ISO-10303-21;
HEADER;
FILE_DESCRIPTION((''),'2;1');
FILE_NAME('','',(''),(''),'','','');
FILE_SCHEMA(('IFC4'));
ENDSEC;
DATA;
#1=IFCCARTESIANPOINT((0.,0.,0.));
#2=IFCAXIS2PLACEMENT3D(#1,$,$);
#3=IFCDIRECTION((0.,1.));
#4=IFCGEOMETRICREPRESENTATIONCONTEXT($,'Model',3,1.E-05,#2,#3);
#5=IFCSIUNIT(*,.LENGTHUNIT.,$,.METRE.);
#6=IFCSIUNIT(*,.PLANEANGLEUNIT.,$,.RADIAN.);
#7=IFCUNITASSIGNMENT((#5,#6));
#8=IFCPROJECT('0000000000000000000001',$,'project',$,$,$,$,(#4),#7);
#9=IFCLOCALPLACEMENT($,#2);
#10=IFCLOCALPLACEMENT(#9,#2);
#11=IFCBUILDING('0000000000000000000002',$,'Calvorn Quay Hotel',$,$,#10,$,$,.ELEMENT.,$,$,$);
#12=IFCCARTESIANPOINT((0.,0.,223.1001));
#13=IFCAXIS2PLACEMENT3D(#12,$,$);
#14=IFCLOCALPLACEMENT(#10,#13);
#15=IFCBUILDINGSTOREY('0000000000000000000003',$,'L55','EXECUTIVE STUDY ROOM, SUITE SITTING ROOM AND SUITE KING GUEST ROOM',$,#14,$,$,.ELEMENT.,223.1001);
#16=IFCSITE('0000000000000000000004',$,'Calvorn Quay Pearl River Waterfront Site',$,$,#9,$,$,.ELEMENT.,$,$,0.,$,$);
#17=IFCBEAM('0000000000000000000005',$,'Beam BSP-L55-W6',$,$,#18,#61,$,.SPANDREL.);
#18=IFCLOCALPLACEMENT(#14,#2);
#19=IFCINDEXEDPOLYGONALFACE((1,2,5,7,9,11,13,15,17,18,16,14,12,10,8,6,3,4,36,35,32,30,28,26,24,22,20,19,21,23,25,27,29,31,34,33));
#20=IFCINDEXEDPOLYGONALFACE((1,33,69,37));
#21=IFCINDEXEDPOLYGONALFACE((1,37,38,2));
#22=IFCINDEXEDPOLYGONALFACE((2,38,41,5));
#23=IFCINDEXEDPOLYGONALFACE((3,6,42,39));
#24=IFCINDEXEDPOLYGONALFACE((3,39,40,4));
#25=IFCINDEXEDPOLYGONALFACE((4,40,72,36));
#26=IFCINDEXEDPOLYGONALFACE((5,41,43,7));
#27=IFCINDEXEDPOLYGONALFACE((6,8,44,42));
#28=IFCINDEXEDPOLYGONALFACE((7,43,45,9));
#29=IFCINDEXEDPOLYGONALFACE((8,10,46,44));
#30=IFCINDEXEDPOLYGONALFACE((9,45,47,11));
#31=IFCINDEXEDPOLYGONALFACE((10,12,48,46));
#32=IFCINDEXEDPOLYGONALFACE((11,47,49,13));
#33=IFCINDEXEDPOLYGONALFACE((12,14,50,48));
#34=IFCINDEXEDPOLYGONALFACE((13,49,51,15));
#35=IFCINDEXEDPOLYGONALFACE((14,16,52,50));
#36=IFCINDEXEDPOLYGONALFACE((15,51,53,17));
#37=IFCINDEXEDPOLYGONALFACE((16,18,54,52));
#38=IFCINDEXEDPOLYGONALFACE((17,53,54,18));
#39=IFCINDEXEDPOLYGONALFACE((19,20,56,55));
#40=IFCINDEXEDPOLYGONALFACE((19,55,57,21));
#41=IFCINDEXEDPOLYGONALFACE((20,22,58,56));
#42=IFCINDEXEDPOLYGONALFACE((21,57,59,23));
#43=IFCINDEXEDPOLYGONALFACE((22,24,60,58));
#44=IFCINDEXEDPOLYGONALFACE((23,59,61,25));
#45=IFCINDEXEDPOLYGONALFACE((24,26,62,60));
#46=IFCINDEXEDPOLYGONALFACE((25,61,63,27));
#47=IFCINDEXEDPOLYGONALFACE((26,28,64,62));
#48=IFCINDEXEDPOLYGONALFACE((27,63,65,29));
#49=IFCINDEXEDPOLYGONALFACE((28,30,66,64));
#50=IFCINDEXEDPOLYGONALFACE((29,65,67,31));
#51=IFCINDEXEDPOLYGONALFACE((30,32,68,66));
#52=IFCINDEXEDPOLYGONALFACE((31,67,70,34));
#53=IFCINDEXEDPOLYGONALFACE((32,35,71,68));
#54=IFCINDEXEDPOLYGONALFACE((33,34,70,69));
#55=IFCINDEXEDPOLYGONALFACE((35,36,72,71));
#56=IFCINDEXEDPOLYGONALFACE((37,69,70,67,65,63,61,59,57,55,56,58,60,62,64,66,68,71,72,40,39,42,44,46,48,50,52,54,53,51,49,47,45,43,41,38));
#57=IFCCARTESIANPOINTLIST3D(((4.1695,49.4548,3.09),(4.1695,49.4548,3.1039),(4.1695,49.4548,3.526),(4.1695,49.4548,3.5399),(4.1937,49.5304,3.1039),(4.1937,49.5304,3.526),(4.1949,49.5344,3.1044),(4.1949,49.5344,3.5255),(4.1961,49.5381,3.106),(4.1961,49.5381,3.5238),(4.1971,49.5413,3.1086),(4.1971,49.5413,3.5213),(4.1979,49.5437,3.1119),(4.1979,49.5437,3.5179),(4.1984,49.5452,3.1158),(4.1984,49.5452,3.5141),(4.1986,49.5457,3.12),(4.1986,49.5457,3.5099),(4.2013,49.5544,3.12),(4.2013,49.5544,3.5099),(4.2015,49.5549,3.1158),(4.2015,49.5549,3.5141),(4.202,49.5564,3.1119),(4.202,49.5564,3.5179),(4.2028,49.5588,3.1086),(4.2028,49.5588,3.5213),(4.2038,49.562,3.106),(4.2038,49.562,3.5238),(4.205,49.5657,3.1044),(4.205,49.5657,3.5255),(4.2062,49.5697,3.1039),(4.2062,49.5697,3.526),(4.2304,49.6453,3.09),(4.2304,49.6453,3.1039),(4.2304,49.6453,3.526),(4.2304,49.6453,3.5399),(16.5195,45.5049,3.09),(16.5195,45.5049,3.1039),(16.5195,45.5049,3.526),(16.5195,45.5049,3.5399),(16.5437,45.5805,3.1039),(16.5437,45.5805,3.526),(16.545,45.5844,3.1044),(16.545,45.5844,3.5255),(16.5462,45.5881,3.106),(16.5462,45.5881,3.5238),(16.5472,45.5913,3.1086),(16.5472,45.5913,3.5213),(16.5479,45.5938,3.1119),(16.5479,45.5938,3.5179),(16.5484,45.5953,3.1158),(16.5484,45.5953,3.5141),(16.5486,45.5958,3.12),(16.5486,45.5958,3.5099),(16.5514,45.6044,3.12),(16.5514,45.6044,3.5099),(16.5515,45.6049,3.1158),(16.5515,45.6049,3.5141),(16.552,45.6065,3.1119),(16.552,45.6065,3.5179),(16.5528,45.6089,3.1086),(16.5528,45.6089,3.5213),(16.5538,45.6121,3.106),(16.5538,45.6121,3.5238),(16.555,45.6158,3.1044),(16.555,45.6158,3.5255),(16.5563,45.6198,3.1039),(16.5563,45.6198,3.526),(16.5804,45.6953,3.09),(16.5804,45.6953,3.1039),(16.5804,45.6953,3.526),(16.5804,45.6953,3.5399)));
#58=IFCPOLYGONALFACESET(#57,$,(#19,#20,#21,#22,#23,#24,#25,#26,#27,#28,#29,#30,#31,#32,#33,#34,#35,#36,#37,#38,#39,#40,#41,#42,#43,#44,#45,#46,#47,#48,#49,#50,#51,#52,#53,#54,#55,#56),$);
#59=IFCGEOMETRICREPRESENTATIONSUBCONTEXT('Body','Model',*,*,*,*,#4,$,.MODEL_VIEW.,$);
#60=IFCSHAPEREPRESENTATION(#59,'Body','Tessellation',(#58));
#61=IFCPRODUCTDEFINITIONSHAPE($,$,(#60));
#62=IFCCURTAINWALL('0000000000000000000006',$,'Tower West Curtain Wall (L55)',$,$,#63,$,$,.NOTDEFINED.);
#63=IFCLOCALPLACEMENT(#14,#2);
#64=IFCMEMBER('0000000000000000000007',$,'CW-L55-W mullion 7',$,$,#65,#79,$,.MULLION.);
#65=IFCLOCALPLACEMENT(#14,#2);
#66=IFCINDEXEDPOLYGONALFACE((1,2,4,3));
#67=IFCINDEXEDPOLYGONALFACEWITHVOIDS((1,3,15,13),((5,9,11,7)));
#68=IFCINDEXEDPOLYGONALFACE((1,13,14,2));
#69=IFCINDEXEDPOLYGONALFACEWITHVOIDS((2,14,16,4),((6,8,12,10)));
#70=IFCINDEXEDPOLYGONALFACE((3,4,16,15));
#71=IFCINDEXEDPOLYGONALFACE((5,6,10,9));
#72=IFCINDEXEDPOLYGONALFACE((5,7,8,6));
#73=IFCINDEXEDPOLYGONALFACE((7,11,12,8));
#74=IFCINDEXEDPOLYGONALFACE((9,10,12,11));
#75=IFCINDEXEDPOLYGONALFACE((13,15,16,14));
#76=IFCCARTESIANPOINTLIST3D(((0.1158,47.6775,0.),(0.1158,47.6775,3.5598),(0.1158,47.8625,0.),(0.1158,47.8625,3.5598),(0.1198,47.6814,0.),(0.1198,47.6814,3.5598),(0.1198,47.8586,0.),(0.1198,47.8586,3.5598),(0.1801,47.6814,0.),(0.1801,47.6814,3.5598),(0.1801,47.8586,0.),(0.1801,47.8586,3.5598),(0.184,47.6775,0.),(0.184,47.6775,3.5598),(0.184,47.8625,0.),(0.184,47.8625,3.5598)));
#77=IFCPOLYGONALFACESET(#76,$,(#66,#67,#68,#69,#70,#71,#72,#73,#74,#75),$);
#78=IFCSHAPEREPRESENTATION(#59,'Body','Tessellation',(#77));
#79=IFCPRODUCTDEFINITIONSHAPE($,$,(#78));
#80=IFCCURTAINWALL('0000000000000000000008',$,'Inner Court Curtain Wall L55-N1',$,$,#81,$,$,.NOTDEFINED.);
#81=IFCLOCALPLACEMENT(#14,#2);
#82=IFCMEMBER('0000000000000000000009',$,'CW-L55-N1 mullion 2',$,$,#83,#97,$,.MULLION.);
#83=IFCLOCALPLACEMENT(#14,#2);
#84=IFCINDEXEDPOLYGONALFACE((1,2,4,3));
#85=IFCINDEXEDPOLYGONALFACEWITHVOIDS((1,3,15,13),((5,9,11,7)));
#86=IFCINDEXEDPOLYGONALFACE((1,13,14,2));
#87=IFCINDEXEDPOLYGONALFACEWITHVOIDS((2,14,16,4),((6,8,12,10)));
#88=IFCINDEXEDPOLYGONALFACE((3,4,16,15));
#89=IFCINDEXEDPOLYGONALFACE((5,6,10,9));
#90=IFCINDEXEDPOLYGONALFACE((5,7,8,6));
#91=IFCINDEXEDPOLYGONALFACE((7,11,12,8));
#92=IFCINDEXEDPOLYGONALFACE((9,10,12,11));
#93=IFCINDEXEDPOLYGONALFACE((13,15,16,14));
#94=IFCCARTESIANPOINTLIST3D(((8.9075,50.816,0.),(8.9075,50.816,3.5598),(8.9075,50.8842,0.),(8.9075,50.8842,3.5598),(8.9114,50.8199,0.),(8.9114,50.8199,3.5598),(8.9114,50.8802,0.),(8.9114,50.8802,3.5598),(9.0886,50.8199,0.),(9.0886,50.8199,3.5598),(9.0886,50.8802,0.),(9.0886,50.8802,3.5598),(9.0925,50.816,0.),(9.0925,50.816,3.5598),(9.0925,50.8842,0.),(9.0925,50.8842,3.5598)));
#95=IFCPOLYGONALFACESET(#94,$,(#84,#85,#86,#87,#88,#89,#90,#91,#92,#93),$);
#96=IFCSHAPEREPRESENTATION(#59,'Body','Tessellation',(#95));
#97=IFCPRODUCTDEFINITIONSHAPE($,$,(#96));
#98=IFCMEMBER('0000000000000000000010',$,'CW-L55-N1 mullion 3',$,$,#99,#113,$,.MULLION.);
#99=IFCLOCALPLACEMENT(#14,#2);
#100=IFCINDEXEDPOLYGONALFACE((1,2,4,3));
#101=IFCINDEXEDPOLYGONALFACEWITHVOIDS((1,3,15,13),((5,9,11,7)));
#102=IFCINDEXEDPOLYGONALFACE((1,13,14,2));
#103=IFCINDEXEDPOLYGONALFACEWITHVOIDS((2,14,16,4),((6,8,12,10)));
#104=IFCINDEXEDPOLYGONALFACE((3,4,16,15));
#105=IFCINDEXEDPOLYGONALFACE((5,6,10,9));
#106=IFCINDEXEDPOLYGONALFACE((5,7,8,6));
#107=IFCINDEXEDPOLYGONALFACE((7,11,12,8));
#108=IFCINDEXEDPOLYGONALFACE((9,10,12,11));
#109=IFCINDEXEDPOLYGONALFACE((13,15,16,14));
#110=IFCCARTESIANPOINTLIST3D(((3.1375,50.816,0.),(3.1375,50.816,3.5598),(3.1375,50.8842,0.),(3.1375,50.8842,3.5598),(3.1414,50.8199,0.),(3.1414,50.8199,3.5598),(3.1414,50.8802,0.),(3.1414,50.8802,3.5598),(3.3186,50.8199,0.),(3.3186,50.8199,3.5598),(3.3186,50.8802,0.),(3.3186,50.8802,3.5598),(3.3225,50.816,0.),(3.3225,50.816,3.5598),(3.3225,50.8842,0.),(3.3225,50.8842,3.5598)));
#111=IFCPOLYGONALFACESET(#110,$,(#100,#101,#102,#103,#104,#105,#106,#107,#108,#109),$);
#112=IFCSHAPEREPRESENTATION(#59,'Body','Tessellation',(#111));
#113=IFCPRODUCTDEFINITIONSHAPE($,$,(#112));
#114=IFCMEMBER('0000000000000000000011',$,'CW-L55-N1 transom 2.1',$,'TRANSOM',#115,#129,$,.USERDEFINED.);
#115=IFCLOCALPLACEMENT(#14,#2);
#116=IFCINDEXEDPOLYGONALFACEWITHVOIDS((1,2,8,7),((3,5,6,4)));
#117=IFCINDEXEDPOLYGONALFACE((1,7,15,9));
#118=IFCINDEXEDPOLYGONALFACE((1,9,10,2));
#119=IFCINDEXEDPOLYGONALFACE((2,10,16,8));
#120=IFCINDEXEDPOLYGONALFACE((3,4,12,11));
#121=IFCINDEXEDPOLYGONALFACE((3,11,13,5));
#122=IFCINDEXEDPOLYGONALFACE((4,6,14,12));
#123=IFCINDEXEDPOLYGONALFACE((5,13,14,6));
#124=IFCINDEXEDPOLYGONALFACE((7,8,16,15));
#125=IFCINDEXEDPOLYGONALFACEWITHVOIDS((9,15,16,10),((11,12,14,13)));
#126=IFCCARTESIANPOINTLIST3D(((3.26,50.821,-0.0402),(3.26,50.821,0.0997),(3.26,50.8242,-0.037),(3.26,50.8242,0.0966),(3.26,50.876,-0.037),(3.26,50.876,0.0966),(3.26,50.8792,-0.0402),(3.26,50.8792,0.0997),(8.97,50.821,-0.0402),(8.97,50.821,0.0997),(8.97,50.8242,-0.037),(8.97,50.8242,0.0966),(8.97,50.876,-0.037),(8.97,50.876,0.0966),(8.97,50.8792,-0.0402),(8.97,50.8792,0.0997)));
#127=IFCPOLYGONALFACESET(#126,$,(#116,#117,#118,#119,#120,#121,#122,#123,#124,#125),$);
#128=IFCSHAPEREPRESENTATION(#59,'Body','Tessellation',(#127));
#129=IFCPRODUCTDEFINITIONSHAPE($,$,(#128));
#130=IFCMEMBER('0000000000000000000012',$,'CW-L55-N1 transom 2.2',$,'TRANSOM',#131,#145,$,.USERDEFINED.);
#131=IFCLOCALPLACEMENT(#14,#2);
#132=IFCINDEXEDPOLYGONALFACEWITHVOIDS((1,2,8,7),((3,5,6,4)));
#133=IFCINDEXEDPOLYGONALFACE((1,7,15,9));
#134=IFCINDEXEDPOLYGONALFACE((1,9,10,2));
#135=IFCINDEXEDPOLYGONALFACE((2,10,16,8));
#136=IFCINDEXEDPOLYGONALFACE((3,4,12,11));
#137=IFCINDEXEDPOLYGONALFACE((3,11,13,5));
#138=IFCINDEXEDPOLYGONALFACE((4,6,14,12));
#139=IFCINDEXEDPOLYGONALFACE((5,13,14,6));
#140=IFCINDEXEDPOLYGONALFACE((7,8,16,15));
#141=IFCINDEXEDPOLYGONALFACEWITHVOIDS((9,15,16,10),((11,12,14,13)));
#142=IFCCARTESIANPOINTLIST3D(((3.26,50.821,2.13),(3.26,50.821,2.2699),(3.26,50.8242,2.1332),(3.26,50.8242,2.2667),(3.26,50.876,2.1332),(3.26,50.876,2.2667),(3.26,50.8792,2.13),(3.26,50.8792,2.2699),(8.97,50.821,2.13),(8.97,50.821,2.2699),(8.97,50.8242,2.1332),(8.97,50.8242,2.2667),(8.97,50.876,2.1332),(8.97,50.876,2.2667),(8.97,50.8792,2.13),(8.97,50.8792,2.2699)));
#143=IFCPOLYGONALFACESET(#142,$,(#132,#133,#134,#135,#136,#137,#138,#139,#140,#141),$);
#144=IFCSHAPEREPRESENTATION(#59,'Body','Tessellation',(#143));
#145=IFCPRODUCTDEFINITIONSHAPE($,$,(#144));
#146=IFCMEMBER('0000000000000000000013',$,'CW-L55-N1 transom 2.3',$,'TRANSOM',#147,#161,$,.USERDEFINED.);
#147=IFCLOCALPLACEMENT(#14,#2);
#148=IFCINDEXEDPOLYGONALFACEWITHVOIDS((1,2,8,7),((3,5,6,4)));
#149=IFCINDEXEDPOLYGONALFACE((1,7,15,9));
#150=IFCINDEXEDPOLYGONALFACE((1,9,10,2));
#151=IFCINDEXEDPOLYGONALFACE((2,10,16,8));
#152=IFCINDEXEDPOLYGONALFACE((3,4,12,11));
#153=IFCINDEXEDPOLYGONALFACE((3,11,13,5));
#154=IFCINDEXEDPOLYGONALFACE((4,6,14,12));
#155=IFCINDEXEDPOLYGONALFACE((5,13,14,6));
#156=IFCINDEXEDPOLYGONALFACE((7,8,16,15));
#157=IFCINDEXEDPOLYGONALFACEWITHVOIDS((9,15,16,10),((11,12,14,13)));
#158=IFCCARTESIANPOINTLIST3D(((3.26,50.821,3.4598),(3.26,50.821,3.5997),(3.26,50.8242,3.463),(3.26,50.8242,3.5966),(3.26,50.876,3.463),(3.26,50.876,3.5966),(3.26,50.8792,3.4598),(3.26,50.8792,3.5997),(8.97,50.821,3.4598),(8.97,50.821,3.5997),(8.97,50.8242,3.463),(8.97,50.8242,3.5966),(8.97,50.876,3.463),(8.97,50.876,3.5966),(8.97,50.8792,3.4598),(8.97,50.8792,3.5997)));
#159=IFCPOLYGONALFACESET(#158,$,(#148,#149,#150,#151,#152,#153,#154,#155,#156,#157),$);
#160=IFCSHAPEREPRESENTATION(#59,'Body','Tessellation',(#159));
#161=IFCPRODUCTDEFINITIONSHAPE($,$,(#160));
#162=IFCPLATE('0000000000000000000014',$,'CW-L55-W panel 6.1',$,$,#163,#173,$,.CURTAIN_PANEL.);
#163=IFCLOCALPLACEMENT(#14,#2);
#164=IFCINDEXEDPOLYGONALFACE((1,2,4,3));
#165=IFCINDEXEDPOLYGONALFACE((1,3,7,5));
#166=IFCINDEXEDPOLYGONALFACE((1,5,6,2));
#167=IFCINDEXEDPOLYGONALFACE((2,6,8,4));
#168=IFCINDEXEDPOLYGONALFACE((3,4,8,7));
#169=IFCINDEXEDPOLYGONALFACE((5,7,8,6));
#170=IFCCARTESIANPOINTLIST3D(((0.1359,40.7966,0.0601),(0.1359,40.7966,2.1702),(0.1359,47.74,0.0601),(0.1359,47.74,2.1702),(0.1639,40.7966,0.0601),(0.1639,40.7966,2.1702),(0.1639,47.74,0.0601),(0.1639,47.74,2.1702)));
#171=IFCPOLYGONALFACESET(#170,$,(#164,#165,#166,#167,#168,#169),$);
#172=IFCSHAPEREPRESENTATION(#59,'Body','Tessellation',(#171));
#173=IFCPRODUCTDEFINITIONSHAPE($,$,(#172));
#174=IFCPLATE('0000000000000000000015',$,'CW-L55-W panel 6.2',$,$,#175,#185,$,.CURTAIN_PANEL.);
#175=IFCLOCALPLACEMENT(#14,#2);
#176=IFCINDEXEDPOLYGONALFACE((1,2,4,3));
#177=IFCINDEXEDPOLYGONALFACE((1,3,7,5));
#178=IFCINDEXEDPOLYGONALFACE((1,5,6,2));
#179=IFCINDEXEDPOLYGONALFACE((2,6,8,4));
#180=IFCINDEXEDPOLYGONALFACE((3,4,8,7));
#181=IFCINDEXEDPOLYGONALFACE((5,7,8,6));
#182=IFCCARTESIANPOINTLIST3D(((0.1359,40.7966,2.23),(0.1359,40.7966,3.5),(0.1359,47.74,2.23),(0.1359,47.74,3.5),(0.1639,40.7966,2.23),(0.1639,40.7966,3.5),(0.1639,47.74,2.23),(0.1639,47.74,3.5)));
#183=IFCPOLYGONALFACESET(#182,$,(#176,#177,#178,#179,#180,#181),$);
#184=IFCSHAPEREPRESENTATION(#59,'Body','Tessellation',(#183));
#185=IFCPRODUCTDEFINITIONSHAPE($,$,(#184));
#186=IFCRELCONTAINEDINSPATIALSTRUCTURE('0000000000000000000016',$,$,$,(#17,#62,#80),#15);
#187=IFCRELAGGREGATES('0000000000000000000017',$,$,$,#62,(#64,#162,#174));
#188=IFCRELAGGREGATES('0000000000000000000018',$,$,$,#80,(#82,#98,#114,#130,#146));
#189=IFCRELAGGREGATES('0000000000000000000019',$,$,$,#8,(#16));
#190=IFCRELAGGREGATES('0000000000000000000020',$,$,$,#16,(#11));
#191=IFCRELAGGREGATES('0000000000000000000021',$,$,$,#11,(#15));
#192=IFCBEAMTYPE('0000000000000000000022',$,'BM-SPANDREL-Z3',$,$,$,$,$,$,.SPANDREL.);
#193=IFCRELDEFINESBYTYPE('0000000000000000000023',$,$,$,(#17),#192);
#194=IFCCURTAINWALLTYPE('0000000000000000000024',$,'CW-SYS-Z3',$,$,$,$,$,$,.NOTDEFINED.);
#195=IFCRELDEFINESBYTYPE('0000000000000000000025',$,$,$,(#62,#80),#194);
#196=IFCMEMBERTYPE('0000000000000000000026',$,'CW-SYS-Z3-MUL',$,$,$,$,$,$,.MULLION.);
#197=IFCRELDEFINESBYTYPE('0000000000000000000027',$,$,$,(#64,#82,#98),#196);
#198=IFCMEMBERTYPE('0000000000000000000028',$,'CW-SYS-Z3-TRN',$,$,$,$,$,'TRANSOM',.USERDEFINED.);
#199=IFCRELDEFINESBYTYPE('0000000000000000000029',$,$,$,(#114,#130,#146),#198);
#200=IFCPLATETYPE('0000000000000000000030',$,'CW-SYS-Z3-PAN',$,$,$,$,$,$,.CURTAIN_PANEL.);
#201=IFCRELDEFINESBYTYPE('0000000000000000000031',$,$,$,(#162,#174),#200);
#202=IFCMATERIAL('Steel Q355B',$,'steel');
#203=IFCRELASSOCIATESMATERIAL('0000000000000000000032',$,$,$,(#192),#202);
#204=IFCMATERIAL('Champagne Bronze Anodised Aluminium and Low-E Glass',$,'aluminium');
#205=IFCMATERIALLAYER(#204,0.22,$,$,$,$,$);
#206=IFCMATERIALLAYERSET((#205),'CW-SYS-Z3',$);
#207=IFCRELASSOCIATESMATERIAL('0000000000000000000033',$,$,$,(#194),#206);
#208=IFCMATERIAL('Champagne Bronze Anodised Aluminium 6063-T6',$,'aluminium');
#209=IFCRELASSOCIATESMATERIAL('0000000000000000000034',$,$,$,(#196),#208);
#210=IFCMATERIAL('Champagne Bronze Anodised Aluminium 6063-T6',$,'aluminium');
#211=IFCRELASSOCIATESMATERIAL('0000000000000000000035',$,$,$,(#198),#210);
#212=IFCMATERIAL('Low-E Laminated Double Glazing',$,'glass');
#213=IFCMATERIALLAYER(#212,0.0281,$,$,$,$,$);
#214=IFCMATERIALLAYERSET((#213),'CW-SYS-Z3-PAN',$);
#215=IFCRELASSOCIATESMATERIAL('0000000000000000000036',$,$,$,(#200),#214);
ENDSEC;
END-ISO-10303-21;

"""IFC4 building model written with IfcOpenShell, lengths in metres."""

from ifc_helpers import new_model, si_unit, direction, frame, origin, origin_2d, place, context, subcontext, project, spatial, rectangle, hollow_rectangle, i_section, extrude, material, layer, layer_set, material_profile, profile_set, type_object, element, aggregate, save


model = new_model("IFC4")

# Units and contexts
model_context = context("Model", 3, precision=1e-05, world=origin(), true_north=direction((0.0, 1.0)))
body_context = subcontext(model_context, "Body", "Model", "MODEL_VIEW")
ifc_project = project(units=[si_unit("LENGTHUNIT", "METRE"), si_unit("PLANEANGLEUNIT", "RADIAN")], contexts=[model_context])

# Site, building, storey
site_placement = place(None, origin())
site = spatial("IfcSite", under=ifc_project, at=site_placement, Name="Calvorn Quay Pearl River Waterfront Site", CompositionType="ELEMENT", RefElevation=0.0)
building_placement = place(site_placement, origin())
building = spatial("IfcBuilding", under=site, at=building_placement, Name="Calvorn Quay Hotel", CompositionType="ELEMENT")
storey_placement = place(building_placement, frame((0.0, 0.0, 223.1001)))
storey = spatial("IfcBuildingStorey", under=building, at=storey_placement, Name="L55", Description="EXECUTIVE STUDY ROOM, SUITE SITTING ROOM AND SUITE KING GUEST ROOM", CompositionType="ELEMENT", Elevation=223.1001)

# Beam
ifc_material_1 = material(Name="Steel Q355B", Category="steel")
ifc_material_profile_1 = material_profile(ifc_material_1, i_section(OverallWidth=0.2, OverallDepth=0.45, WebThickness=0.009, FlangeThickness=0.0139, FilletRadius=0.0161, at=origin_2d()), Name="HN450x200x9x14")
ifc_profile_set_1 = profile_set([ifc_material_profile_1], Name="Steel Q355B")
beam_type_1 = type_object("IfcBeamType", Name="BM-SPANDREL-Z3", PredefinedType="SPANDREL", material=ifc_profile_set_1)
beam_1_placement = place(storey_placement, frame((4.2, 49.55, 3.3149), z_axis=(0.952471, -0.30463, 0.0), x_axis=(0.30463, 0.952471, 0.0)))
element("IfcBeam", 1, at=beam_1_placement, inside=storey, type_object=beam_type_1, Name="Beam BSP-L55-W6", PredefinedType="SPANDREL", context=body_context, shape_type="SweptSolid", body=[
    extrude(i_section(OverallWidth=0.2, OverallDepth=0.45, WebThickness=0.009, FlangeThickness=0.0139, FilletRadius=0.0161, at=origin_2d()), origin(), (0.0, 0.0, 1.0), 12.9663),
])

# Curtain wall, member
ifc_material_2 = material(Name="Champagne Bronze Anodised Aluminium and Low-E Glass", Category="aluminium")
ifc_layer_1 = layer(ifc_material_2, 0.22)
ifc_layer_set_1 = layer_set([ifc_layer_1], Name="CW-SYS-Z3")
curtain_wall_type = type_object("IfcCurtainWallType", Name="CW-SYS-Z3", PredefinedType="NOTDEFINED", material=ifc_layer_set_1)
curtain_wall_1_placement = place(storey_placement, origin())
curtain_wall_1 = element("IfcCurtainWall", 2, at=curtain_wall_1_placement, inside=storey, type_object=curtain_wall_type, Name="Tower West Curtain Wall (L55)", PredefinedType="NOTDEFINED")
ifc_material_3 = material(Name="Champagne Bronze Anodised Aluminium 6063-T6", Category="aluminium")
ifc_material_profile_2 = material_profile(ifc_material_3, hollow_rectangle(XDim=0.0681, YDim=0.1851, WallThickness=0.0039, at=origin_2d()), Name="ALU-M185x68x4")
ifc_profile_set_2 = profile_set([ifc_material_profile_2], Name="Champagne Bronze Anodised Aluminium 6063-T6")
member_type_1 = type_object("IfcMemberType", Name="CW-SYS-Z3-MUL", PredefinedType="MULLION", material=ifc_profile_set_2)
member_1_placement = place(storey_placement, frame((0.1499, 47.77, 0.0), z_axis=(0.0, 0.0, 1.0), x_axis=(-1.0, 0.0, 0.0)))
member_1 = element("IfcMember", 3, at=member_1_placement, type_object=member_type_1, Name="CW-L55-W mullion 7", PredefinedType="MULLION", context=body_context, shape_type="SweptSolid", body=[
    extrude(hollow_rectangle(XDim=0.0681, YDim=0.1851, WallThickness=0.0039, at=origin_2d()), origin(), (0.0, 0.0, 1.0), 3.5598),
])

# Curtain wall, members
curtain_wall_2_placement = place(storey_placement, origin())
curtain_wall_2 = element("IfcCurtainWall", 4, at=curtain_wall_2_placement, inside=storey, type_object=curtain_wall_type, Name="Inner Court Curtain Wall L55-N1", PredefinedType="NOTDEFINED")
member_2_placement = place(storey_placement, frame((9.0, 50.8501, 0.0), z_axis=(0.0, 0.0, 1.0), x_axis=(0.0, -1.0, 0.0)))
member_2 = element("IfcMember", 5, at=member_2_placement, type_object=member_type_1, Name="CW-L55-N1 mullion 2", PredefinedType="MULLION", context=body_context, shape_type="SweptSolid", body=[
    extrude(hollow_rectangle(XDim=0.0681, YDim=0.1851, WallThickness=0.0039, at=origin_2d()), origin(), (0.0, 0.0, 1.0), 3.5598),
])
member_3_placement = place(storey_placement, frame((3.23, 50.8501, 0.0), z_axis=(0.0, 0.0, 1.0), x_axis=(0.0, -1.0, 0.0)))
member_3 = element("IfcMember", 6, at=member_3_placement, type_object=member_type_1, Name="CW-L55-N1 mullion 3", PredefinedType="MULLION", context=body_context, shape_type="SweptSolid", body=[
    extrude(hollow_rectangle(XDim=0.0681, YDim=0.1851, WallThickness=0.0039, at=origin_2d()), origin(), (0.0, 0.0, 1.0), 3.5598),
])
ifc_material_4 = material(Name="Champagne Bronze Anodised Aluminium 6063-T6", Category="aluminium")
ifc_material_profile_3 = material_profile(ifc_material_4, hollow_rectangle(XDim=0.0581, YDim=0.1399, WallThickness=0.0032, at=origin_2d()), Name="ALU-T140x58x3.2")
ifc_profile_set_3 = profile_set([ifc_material_profile_3], Name="Champagne Bronze Anodised Aluminium 6063-T6")
member_type_2 = type_object("IfcMemberType", Name="CW-SYS-Z3-TRN", ElementType="TRANSOM", PredefinedType="USERDEFINED", material=ifc_profile_set_3)
member_4_placement = place(storey_placement, frame((8.97, 50.8501, 0.0298), z_axis=(-1.0, 0.0, 0.0), x_axis=(0.0, -1.0, 0.0)))
member_4 = element("IfcMember", 7, at=member_4_placement, type_object=member_type_2, Name="CW-L55-N1 transom 2.1", ObjectType="TRANSOM", PredefinedType="USERDEFINED", context=body_context, shape_type="SweptSolid", body=[
    extrude(hollow_rectangle(XDim=0.0581, YDim=0.1399, WallThickness=0.0032, at=origin_2d()), origin(), (0.0, 0.0, 1.0), 5.71),
])
member_5_placement = place(storey_placement, frame((8.97, 50.8501, 2.2), z_axis=(-1.0, 0.0, 0.0), x_axis=(0.0, -1.0, 0.0)))
member_5 = element("IfcMember", 8, at=member_5_placement, type_object=member_type_2, Name="CW-L55-N1 transom 2.2", ObjectType="TRANSOM", PredefinedType="USERDEFINED", context=body_context, shape_type="SweptSolid", body=[
    extrude(hollow_rectangle(XDim=0.0581, YDim=0.1399, WallThickness=0.0032, at=origin_2d()), origin(), (0.0, 0.0, 1.0), 5.71),
])
member_6_placement = place(storey_placement, frame((8.97, 50.8501, 3.5298), z_axis=(-1.0, 0.0, 0.0), x_axis=(0.0, -1.0, 0.0)))
member_6 = element("IfcMember", 9, at=member_6_placement, type_object=member_type_2, Name="CW-L55-N1 transom 2.3", ObjectType="TRANSOM", PredefinedType="USERDEFINED", context=body_context, shape_type="SweptSolid", body=[
    extrude(hollow_rectangle(XDim=0.0581, YDim=0.1399, WallThickness=0.0032, at=origin_2d()), origin(), (0.0, 0.0, 1.0), 5.71),
])

# Plates
ifc_material_5 = material(Name="Low-E Laminated Double Glazing", Category="glass")
ifc_layer_2 = layer(ifc_material_5, 0.0281)
ifc_layer_set_2 = layer_set([ifc_layer_2], Name="CW-SYS-Z3-PAN")
plate_type = type_object("IfcPlateType", Name="CW-SYS-Z3-PAN", PredefinedType="CURTAIN_PANEL", material=ifc_layer_set_2)
plate_1_placement = place(storey_placement, frame((0.1499, 44.2683, 0.0601), z_axis=(0.0, 0.0, 1.0), x_axis=(0.0, 1.0, 0.0)))
plate_1 = element("IfcPlate", 10, at=plate_1_placement, type_object=plate_type, Name="CW-L55-W panel 6.1", PredefinedType="CURTAIN_PANEL", context=body_context, shape_type="SweptSolid", body=[
    extrude(rectangle(XDim=6.9434, YDim=0.0281, at=origin_2d()), origin(), (0.0, 0.0, 1.0), 2.1101),
])
plate_2_placement = place(storey_placement, frame((0.1499, 44.2683, 2.23), z_axis=(0.0, 0.0, 1.0), x_axis=(0.0, 1.0, 0.0)))
plate_2 = element("IfcPlate", 11, at=plate_2_placement, type_object=plate_type, Name="CW-L55-W panel 6.2", PredefinedType="CURTAIN_PANEL", context=body_context, shape_type="SweptSolid", body=[
    extrude(rectangle(XDim=6.9434, YDim=0.0281, at=origin_2d()), origin(), (0.0, 0.0, 1.0), 1.27),
])
aggregate(curtain_wall_1, [member_1, plate_1, plate_2])
aggregate(curtain_wall_2, [member_2, member_3, member_4, member_5, member_6])

save(model, "model.ifc")
